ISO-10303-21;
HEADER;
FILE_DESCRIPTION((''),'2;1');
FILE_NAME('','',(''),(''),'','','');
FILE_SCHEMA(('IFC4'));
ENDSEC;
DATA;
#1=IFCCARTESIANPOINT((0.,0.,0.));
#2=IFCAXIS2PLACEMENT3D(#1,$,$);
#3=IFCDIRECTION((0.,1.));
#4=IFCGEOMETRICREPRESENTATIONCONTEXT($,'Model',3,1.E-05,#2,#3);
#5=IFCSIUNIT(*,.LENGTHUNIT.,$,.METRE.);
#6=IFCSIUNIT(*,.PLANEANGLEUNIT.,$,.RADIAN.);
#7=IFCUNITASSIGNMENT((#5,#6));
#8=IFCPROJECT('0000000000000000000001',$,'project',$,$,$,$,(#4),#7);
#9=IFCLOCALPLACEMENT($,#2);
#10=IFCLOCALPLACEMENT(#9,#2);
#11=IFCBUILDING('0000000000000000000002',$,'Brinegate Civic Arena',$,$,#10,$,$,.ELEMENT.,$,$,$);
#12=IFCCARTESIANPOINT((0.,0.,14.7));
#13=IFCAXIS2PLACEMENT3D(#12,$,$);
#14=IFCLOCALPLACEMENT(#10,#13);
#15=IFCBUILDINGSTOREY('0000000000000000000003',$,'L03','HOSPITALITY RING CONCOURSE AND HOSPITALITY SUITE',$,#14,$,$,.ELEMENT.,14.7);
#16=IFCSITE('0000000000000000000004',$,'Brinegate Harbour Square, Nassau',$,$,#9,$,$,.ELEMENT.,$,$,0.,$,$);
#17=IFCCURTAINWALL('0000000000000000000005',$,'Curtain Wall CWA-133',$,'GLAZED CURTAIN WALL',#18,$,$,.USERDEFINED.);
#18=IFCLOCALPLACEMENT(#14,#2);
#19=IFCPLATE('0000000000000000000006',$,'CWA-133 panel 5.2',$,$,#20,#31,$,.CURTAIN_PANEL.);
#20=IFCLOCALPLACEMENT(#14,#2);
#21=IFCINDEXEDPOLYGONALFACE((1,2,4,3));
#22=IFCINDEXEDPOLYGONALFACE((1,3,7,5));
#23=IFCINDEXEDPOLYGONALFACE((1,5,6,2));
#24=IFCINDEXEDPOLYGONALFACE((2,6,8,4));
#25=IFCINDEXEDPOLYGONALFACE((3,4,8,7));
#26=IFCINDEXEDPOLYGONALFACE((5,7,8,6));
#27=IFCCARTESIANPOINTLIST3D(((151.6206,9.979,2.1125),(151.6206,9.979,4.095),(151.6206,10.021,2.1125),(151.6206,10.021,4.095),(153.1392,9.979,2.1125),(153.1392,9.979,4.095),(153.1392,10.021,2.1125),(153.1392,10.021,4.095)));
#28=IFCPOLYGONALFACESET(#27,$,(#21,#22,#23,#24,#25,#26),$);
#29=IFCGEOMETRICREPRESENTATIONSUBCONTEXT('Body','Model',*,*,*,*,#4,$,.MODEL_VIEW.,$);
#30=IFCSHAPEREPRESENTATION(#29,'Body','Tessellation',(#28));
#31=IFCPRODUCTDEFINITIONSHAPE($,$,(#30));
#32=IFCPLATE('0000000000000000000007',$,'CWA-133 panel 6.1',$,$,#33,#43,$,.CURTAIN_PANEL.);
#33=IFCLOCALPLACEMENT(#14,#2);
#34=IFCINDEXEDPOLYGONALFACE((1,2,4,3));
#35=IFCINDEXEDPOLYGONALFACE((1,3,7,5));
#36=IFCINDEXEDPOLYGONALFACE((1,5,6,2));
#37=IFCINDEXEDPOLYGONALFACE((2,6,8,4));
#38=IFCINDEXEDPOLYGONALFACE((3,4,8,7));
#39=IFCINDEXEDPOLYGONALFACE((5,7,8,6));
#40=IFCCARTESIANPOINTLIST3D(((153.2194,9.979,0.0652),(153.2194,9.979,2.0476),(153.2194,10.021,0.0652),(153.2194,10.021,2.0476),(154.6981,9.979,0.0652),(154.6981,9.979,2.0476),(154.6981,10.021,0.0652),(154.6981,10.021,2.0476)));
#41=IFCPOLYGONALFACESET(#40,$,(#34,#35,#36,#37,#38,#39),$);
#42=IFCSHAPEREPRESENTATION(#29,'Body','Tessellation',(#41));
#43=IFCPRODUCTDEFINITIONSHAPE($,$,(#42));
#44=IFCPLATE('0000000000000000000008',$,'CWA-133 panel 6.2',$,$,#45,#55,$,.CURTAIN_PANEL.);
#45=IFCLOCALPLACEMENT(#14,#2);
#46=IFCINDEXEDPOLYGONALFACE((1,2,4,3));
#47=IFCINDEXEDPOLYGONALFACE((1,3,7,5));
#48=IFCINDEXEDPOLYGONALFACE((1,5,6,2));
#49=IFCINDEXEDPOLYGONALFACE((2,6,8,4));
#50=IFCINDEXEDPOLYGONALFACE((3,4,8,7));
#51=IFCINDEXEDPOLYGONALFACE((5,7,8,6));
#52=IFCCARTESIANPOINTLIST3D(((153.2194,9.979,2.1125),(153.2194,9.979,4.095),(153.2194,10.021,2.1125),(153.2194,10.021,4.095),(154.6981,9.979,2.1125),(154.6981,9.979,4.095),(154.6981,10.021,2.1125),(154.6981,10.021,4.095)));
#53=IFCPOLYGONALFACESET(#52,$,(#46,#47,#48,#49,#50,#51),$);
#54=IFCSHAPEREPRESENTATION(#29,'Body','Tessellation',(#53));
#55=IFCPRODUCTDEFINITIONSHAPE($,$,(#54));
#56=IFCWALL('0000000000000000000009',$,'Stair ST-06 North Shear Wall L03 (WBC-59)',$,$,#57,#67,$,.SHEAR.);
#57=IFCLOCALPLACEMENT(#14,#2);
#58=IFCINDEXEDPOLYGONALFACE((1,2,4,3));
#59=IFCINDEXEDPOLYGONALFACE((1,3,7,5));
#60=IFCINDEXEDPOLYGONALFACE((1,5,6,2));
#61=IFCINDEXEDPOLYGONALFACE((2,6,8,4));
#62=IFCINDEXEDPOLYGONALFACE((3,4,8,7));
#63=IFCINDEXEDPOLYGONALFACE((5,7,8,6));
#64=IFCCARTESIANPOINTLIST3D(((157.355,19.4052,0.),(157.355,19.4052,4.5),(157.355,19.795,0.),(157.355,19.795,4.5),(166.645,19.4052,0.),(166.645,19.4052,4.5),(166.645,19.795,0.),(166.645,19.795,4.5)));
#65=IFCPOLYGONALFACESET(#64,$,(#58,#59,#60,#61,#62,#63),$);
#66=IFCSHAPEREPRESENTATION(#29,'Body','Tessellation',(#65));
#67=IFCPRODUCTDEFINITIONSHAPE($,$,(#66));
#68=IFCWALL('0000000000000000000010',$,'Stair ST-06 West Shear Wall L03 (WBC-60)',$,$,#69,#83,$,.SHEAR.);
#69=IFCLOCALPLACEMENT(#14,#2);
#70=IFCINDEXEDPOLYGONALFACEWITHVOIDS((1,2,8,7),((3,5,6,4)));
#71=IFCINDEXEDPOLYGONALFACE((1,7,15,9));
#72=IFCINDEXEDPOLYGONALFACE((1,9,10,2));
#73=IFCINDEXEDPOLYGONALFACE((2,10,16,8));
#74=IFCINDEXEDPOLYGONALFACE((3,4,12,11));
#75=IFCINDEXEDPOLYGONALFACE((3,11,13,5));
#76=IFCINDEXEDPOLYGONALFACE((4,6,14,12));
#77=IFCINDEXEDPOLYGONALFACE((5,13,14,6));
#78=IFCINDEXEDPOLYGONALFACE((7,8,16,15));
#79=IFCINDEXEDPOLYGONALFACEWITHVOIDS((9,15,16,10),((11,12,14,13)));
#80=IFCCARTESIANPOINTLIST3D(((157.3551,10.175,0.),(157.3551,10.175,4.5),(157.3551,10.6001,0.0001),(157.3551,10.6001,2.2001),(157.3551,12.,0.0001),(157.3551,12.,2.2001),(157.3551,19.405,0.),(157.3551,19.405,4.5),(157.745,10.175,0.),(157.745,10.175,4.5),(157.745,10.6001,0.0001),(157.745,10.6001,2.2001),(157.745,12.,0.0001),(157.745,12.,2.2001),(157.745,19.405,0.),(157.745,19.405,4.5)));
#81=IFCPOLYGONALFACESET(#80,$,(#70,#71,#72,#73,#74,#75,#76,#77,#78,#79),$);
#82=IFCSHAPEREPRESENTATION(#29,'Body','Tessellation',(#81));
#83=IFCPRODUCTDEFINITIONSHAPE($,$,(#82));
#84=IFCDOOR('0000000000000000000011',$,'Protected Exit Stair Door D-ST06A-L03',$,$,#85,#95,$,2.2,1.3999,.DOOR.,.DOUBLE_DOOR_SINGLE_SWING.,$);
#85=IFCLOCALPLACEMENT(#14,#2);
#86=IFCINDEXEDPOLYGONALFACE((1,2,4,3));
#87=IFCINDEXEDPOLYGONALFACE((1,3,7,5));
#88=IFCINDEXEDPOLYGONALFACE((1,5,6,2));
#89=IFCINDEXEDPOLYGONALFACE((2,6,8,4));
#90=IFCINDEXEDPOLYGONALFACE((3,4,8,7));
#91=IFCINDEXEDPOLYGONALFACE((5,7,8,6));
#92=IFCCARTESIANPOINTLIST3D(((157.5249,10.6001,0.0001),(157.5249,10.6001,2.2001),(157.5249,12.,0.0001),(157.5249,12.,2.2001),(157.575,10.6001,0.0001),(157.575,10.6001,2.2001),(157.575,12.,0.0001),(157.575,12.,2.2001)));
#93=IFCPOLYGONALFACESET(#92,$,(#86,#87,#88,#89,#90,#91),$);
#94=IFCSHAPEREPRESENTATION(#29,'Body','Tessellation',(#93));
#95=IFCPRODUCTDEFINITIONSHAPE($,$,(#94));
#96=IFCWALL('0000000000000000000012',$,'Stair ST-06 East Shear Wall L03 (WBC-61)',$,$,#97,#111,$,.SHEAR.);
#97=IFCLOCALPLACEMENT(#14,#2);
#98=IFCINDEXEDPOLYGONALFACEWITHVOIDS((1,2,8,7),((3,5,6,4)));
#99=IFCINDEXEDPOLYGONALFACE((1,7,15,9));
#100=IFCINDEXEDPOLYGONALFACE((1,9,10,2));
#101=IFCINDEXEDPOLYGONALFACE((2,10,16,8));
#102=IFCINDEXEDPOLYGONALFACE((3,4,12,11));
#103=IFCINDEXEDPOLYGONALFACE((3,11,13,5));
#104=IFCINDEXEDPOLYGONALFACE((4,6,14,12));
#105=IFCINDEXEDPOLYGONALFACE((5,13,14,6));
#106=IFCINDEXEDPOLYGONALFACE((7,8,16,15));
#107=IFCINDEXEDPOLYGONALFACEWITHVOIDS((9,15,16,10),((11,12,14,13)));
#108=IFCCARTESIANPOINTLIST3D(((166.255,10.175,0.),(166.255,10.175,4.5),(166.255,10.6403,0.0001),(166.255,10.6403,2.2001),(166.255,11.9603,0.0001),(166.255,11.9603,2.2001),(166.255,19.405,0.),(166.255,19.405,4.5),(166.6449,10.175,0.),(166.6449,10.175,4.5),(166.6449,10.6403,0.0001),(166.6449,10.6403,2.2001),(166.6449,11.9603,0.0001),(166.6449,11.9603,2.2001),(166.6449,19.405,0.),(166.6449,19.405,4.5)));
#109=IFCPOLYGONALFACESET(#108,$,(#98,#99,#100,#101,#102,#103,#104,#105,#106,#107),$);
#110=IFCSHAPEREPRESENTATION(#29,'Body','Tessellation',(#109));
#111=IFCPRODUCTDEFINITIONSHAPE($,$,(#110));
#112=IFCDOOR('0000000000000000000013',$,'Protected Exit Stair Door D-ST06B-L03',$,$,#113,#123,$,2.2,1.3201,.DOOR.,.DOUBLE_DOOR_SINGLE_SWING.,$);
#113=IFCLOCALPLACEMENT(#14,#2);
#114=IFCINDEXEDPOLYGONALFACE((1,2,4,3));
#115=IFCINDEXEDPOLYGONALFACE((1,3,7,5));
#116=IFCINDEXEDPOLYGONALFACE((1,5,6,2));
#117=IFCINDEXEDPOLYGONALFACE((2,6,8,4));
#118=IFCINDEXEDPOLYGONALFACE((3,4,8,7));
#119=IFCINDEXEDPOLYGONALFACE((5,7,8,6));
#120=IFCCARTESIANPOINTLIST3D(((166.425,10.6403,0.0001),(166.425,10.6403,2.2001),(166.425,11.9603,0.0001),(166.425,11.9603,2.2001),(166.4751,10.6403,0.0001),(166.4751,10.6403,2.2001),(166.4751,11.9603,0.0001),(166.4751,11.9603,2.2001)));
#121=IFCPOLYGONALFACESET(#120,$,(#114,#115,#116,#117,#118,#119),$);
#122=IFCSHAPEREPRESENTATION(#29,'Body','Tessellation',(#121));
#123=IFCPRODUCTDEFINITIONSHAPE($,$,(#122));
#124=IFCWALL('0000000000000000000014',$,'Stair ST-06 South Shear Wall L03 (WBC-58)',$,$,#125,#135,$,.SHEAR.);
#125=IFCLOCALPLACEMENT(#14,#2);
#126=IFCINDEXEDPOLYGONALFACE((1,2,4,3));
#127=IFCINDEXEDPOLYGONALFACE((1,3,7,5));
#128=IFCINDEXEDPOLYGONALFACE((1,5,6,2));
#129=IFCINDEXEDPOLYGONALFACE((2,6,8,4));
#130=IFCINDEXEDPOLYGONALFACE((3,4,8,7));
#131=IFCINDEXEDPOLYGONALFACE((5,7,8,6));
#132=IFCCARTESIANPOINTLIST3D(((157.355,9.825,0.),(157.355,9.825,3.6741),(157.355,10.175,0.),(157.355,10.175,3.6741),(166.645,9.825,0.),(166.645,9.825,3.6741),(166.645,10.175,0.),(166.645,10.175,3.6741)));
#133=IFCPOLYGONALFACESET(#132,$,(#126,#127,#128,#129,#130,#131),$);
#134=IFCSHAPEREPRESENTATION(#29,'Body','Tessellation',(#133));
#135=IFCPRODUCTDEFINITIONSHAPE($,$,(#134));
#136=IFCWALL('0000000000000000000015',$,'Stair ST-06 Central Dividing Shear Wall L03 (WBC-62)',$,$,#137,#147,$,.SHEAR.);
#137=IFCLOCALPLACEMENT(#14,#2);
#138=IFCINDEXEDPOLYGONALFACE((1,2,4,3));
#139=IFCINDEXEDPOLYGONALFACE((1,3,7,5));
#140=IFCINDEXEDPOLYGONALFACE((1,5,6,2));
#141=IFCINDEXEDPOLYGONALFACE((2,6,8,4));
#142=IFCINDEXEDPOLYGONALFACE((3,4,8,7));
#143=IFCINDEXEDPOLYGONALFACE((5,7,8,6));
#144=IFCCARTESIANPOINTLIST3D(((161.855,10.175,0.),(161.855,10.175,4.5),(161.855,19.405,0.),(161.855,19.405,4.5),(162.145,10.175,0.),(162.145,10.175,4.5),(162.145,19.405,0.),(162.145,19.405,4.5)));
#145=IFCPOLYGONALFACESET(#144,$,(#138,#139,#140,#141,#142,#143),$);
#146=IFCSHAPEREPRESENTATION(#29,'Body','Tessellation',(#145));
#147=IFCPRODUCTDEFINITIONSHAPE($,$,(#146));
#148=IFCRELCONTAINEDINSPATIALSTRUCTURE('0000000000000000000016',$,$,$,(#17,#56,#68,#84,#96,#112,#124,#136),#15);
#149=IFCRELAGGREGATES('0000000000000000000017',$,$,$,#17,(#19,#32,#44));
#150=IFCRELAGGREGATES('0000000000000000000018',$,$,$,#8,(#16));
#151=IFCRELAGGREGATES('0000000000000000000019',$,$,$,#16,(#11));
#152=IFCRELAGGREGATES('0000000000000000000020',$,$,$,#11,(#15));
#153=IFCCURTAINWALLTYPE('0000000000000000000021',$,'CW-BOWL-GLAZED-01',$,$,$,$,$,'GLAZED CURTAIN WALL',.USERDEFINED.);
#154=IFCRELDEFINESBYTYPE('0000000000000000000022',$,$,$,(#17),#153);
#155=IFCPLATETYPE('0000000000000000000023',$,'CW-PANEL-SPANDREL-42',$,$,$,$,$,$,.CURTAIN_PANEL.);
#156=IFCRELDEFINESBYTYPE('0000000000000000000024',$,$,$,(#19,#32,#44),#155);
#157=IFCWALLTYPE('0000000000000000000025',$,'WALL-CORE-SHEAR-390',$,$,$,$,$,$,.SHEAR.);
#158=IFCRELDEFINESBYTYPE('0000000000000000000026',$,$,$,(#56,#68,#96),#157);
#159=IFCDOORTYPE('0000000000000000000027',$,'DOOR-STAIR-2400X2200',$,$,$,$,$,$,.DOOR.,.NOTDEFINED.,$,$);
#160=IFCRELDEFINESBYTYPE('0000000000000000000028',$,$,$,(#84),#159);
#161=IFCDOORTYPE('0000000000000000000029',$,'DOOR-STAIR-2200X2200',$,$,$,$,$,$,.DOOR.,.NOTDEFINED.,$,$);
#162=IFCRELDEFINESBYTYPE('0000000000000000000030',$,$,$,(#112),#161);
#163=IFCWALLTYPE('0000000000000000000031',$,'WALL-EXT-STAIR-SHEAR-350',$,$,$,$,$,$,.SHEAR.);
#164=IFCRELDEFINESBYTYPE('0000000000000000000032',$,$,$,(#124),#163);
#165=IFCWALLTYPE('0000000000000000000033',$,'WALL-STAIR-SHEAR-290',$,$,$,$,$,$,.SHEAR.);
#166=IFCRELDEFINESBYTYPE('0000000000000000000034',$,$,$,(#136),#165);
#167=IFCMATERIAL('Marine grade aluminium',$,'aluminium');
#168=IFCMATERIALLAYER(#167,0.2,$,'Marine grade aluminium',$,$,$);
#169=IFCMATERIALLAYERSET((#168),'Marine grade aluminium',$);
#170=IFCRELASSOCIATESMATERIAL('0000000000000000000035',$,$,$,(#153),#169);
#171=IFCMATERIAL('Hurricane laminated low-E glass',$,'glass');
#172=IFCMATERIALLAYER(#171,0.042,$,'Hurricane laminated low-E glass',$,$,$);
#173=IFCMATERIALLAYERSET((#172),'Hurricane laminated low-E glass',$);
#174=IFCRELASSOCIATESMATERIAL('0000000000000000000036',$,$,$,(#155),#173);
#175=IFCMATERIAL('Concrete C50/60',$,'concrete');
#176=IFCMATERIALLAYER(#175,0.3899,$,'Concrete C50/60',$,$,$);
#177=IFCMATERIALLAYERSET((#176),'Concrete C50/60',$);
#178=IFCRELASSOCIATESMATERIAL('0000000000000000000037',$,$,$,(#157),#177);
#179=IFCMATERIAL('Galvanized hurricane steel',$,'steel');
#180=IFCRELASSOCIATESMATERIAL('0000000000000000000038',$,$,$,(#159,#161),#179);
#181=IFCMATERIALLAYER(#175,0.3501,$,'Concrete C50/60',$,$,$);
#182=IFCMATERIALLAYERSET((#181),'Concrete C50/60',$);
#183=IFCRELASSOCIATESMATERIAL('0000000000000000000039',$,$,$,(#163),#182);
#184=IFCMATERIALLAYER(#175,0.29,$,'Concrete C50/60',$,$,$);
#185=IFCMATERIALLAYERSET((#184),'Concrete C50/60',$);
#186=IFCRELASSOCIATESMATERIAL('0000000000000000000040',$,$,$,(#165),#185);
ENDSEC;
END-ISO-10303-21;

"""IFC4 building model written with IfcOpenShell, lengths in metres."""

from ifc_helpers import new_model, si_unit, direction, frame, frame_2d, origin, origin_2d, place, context, subcontext, project, spatial, rectangle, extrude, material, layer, layer_set, type_object, element, fill, aggregate, save


model = new_model("IFC4")

# Units and contexts
model_context = context("Model", 3, precision=1e-05, world=origin(), true_north=direction((0.0, 1.0)))
body_context = subcontext(model_context, "Body", "Model", "MODEL_VIEW")
ifc_project = project(units=[si_unit("LENGTHUNIT", "METRE"), si_unit("PLANEANGLEUNIT", "RADIAN")], contexts=[model_context])

# Site, building, storey
site_placement = place(None, origin())
site = spatial("IfcSite", under=ifc_project, at=site_placement, Name="Brinegate Harbour Square, Nassau", CompositionType="ELEMENT", RefElevation=0.0)
building_placement = place(site_placement, origin())
building = spatial("IfcBuilding", under=site, at=building_placement, Name="Brinegate Civic Arena", CompositionType="ELEMENT")
storey_placement = place(building_placement, frame((0.0, 0.0, 14.7)))
storey = spatial("IfcBuildingStorey", under=building, at=storey_placement, Name="L03", Description="HOSPITALITY RING CONCOURSE AND HOSPITALITY SUITE", CompositionType="ELEMENT", Elevation=14.7)

# Shared definitions
ifc_material_1 = material(Name="Concrete C50/60", Category="concrete")

# Curtain wall
ifc_material_2 = material(Name="Marine grade aluminium", Category="aluminium")
ifc_layer_1 = layer(ifc_material_2, 0.2, Name="Marine grade aluminium")
ifc_layer_set_1 = layer_set([ifc_layer_1], Name="Marine grade aluminium")
curtain_wall_type = type_object("IfcCurtainWallType", Name="CW-BOWL-GLAZED-01", ElementType="GLAZED CURTAIN WALL", PredefinedType="USERDEFINED", material=ifc_layer_set_1)
curtain_wall_placement = place(storey_placement, origin())
curtain_wall = element("IfcCurtainWall", 1, at=curtain_wall_placement, inside=storey, type_object=curtain_wall_type, Name="Curtain Wall CWA-133", ObjectType="GLAZED CURTAIN WALL", PredefinedType="USERDEFINED")

# Plates
ifc_material_3 = material(Name="Hurricane laminated low-E glass", Category="glass")
ifc_layer_2 = layer(ifc_material_3, 0.042, Name="Hurricane laminated low-E glass")
ifc_layer_set_2 = layer_set([ifc_layer_2], Name="Hurricane laminated low-E glass")
plate_type = type_object("IfcPlateType", Name="CW-PANEL-SPANDREL-42", PredefinedType="CURTAIN_PANEL", material=ifc_layer_set_2)
plate_1_placement = place(storey_placement, frame((152.3799, 10.0, 2.1125), z_axis=(0.0, 0.0, 1.0), x_axis=(1.0, 0.0, 0.0)))
plate_1 = element("IfcPlate", 2, at=plate_1_placement, type_object=plate_type, Name="CWA-133 panel 5.2", PredefinedType="CURTAIN_PANEL", context=body_context, shape_type="SweptSolid", body=[
    extrude(rectangle(XDim=1.5186, YDim=0.042, at=origin_2d()), origin(), (0.0, 0.0, 1.0), 1.9824),
])
plate_2_placement = place(storey_placement, frame((153.9587, 10.0, 0.0652), z_axis=(0.0, 0.0, 1.0), x_axis=(1.0, 0.0, 0.0)))
plate_2 = element("IfcPlate", 3, at=plate_2_placement, type_object=plate_type, Name="CWA-133 panel 6.1", PredefinedType="CURTAIN_PANEL", context=body_context, shape_type="SweptSolid", body=[
    extrude(rectangle(XDim=1.4788, YDim=0.042, at=origin_2d()), origin(), (0.0, 0.0, 1.0), 1.9824),
])
plate_3_placement = place(storey_placement, frame((153.9587, 10.0, 2.1125), z_axis=(0.0, 0.0, 1.0), x_axis=(1.0, 0.0, 0.0)))
plate_3 = element("IfcPlate", 4, at=plate_3_placement, type_object=plate_type, Name="CWA-133 panel 6.2", PredefinedType="CURTAIN_PANEL", context=body_context, shape_type="SweptSolid", body=[
    extrude(rectangle(XDim=1.4788, YDim=0.042, at=origin_2d()), origin(), (0.0, 0.0, 1.0), 1.9824),
])
aggregate(curtain_wall, [plate_1, plate_2, plate_3])

# Wall
ifc_layer_3 = layer(ifc_material_1, 0.3899, Name="Concrete C50/60")
ifc_layer_set_3 = layer_set([ifc_layer_3], Name="Concrete C50/60")
wall_type_1 = type_object("IfcWallType", Name="WALL-CORE-SHEAR-390", PredefinedType="SHEAR", material=ifc_layer_set_3)
wall_1_placement = place(storey_placement, frame((157.355, 19.6001, 0.0), z_axis=(0.0, 0.0, 1.0), x_axis=(1.0, 0.0, 0.0)))
element("IfcWall", 5, at=wall_1_placement, inside=storey, type_object=wall_type_1, Name="Stair ST-06 North Shear Wall L03 (WBC-59)", PredefinedType="SHEAR", context=body_context, shape_type="SweptSolid", body=[
    extrude(rectangle(XDim=9.29, YDim=0.3899, at=frame_2d((4.645, 0.0))), origin(), (0.0, 0.0, 1.0), 4.5),
])

# Walls, openings, doors
wall_2_placement = place(storey_placement, frame((157.55, 10.175, 0.0), z_axis=(0.0, 0.0, 1.0), x_axis=(0.0, 1.0, 0.0)))
wall_2 = element("IfcWall", 6, at=wall_2_placement, inside=storey, type_object=wall_type_1, Name="Stair ST-06 West Shear Wall L03 (WBC-60)", PredefinedType="SHEAR", context=body_context, shape_type="SweptSolid", body=[
    extrude(rectangle(XDim=9.23, YDim=0.3899, at=frame_2d((4.615, 0.0))), origin(), (0.0, 0.0, 1.0), 4.5),
])
opening_1_placement = place(wall_2_placement, frame((0.425, 0.0, 0.0)))
opening_1 = element("IfcOpeningElement", 7, at=opening_1_placement, cuts=wall_2, PredefinedType="OPENING", context=body_context, shape_type="SweptSolid", body=[
    extrude(rectangle(XDim=1.3999, YDim=2.2, at=frame_2d((0.7, 1.1001))), frame((0.0, 0.2048, 0.0), z_axis=(0.0, -1.0, 0.0), x_axis=(1.0, 0.0, 0.0)), (0.0, 0.0, 1.0), 0.4099),
])
ifc_material_4 = material(Name="Galvanized hurricane steel", Category="steel")
door_type_1 = type_object("IfcDoorType", Name="DOOR-STAIR-2400X2200", OperationType="NOTDEFINED", PredefinedType="DOOR", material=ifc_material_4)
door_1_placement = place(opening_1_placement, frame((1.3999, 0.0, 0.0), z_axis=(0.0, 0.0, 1.0), x_axis=(-1.0, 0.0, 0.0)))
door_1 = element("IfcDoor", 8, at=door_1_placement, inside=storey, type_object=door_type_1, Name="Protected Exit Stair Door D-ST06A-L03", OperationType="DOUBLE_DOOR_SINGLE_SWING", OverallHeight=2.2, OverallWidth=1.3999, PredefinedType="DOOR", context=body_context, shape_type="SweptSolid", body=[
    extrude(rectangle(XDim=1.3999, YDim=2.2, at=frame_2d((0.7, 1.1001))), frame((0.0, 0.0249, 0.0), z_axis=(0.0, -1.0, 0.0), x_axis=(1.0, 0.0, 0.0)), (0.0, 0.0, 1.0), 0.05),
])
fill(opening_1, door_1)
wall_3_placement = place(storey_placement, frame((166.45, 10.175, 0.0), z_axis=(0.0, 0.0, 1.0), x_axis=(0.0, 1.0, 0.0)))
wall_3 = element("IfcWall", 9, at=wall_3_placement, inside=storey, type_object=wall_type_1, Name="Stair ST-06 East Shear Wall L03 (WBC-61)", PredefinedType="SHEAR", context=body_context, shape_type="SweptSolid", body=[
    extrude(rectangle(XDim=9.23, YDim=0.3899, at=frame_2d((4.615, 0.0))), origin(), (0.0, 0.0, 1.0), 4.5),
])
opening_2_placement = place(wall_3_placement, frame((0.4651, 0.0, 0.0)))
opening_2 = element("IfcOpeningElement", 10, at=opening_2_placement, cuts=wall_3, PredefinedType="OPENING", context=body_context, shape_type="SweptSolid", body=[
    extrude(rectangle(XDim=1.3201, YDim=2.2, at=frame_2d((0.6602, 1.1001))), frame((0.0, 0.2048, 0.0), z_axis=(0.0, -1.0, 0.0), x_axis=(1.0, 0.0, 0.0)), (0.0, 0.0, 1.0), 0.4099),
])
door_type_2 = type_object("IfcDoorType", Name="DOOR-STAIR-2200X2200", OperationType="NOTDEFINED", PredefinedType="DOOR", material=ifc_material_4)
door_2_placement = place(opening_2_placement, origin())
door_2 = element("IfcDoor", 11, at=door_2_placement, inside=storey, type_object=door_type_2, Name="Protected Exit Stair Door D-ST06B-L03", OperationType="DOUBLE_DOOR_SINGLE_SWING", OverallHeight=2.2, OverallWidth=1.3201, PredefinedType="DOOR", context=body_context, shape_type="SweptSolid", body=[
    extrude(rectangle(XDim=1.3201, YDim=2.2, at=frame_2d((0.6602, 1.1001))), frame((0.0, 0.0249, 0.0), z_axis=(0.0, -1.0, 0.0), x_axis=(1.0, 0.0, 0.0)), (0.0, 0.0, 1.0), 0.05),
])
fill(opening_2, door_2)

# Walls
ifc_layer_4 = layer(ifc_material_1, 0.3501, Name="Concrete C50/60")
ifc_layer_set_4 = layer_set([ifc_layer_4], Name="Concrete C50/60")
wall_type_2 = type_object("IfcWallType", Name="WALL-EXT-STAIR-SHEAR-350", PredefinedType="SHEAR", material=ifc_layer_set_4)
wall_4_placement = place(storey_placement, frame((157.355, 10.0, 0.0), z_axis=(0.0, 0.0, 1.0), x_axis=(1.0, 0.0, 0.0)))
element("IfcWall", 12, at=wall_4_placement, inside=storey, type_object=wall_type_2, Name="Stair ST-06 South Shear Wall L03 (WBC-58)", PredefinedType="SHEAR", context=body_context, shape_type="SweptSolid", body=[
    extrude(rectangle(XDim=9.29, YDim=0.3501, at=frame_2d((4.645, 0.0))), origin(), (0.0, 0.0, 1.0), 3.6741),
])
ifc_layer_5 = layer(ifc_material_1, 0.29, Name="Concrete C50/60")
ifc_layer_set_5 = layer_set([ifc_layer_5], Name="Concrete C50/60")
wall_type_3 = type_object("IfcWallType", Name="WALL-STAIR-SHEAR-290", PredefinedType="SHEAR", material=ifc_layer_set_5)
wall_5_placement = place(storey_placement, frame((162.0, 10.175, 0.0), z_axis=(0.0, 0.0, 1.0), x_axis=(0.0, 1.0, 0.0)))
element("IfcWall", 13, at=wall_5_placement, inside=storey, type_object=wall_type_3, Name="Stair ST-06 Central Dividing Shear Wall L03 (WBC-62)", PredefinedType="SHEAR", context=body_context, shape_type="SweptSolid", body=[
    extrude(rectangle(XDim=9.23, YDim=0.29, at=frame_2d((4.615, 0.0))), origin(), (0.0, 0.0, 1.0), 4.5),
])

save(model, "model.ifc")
